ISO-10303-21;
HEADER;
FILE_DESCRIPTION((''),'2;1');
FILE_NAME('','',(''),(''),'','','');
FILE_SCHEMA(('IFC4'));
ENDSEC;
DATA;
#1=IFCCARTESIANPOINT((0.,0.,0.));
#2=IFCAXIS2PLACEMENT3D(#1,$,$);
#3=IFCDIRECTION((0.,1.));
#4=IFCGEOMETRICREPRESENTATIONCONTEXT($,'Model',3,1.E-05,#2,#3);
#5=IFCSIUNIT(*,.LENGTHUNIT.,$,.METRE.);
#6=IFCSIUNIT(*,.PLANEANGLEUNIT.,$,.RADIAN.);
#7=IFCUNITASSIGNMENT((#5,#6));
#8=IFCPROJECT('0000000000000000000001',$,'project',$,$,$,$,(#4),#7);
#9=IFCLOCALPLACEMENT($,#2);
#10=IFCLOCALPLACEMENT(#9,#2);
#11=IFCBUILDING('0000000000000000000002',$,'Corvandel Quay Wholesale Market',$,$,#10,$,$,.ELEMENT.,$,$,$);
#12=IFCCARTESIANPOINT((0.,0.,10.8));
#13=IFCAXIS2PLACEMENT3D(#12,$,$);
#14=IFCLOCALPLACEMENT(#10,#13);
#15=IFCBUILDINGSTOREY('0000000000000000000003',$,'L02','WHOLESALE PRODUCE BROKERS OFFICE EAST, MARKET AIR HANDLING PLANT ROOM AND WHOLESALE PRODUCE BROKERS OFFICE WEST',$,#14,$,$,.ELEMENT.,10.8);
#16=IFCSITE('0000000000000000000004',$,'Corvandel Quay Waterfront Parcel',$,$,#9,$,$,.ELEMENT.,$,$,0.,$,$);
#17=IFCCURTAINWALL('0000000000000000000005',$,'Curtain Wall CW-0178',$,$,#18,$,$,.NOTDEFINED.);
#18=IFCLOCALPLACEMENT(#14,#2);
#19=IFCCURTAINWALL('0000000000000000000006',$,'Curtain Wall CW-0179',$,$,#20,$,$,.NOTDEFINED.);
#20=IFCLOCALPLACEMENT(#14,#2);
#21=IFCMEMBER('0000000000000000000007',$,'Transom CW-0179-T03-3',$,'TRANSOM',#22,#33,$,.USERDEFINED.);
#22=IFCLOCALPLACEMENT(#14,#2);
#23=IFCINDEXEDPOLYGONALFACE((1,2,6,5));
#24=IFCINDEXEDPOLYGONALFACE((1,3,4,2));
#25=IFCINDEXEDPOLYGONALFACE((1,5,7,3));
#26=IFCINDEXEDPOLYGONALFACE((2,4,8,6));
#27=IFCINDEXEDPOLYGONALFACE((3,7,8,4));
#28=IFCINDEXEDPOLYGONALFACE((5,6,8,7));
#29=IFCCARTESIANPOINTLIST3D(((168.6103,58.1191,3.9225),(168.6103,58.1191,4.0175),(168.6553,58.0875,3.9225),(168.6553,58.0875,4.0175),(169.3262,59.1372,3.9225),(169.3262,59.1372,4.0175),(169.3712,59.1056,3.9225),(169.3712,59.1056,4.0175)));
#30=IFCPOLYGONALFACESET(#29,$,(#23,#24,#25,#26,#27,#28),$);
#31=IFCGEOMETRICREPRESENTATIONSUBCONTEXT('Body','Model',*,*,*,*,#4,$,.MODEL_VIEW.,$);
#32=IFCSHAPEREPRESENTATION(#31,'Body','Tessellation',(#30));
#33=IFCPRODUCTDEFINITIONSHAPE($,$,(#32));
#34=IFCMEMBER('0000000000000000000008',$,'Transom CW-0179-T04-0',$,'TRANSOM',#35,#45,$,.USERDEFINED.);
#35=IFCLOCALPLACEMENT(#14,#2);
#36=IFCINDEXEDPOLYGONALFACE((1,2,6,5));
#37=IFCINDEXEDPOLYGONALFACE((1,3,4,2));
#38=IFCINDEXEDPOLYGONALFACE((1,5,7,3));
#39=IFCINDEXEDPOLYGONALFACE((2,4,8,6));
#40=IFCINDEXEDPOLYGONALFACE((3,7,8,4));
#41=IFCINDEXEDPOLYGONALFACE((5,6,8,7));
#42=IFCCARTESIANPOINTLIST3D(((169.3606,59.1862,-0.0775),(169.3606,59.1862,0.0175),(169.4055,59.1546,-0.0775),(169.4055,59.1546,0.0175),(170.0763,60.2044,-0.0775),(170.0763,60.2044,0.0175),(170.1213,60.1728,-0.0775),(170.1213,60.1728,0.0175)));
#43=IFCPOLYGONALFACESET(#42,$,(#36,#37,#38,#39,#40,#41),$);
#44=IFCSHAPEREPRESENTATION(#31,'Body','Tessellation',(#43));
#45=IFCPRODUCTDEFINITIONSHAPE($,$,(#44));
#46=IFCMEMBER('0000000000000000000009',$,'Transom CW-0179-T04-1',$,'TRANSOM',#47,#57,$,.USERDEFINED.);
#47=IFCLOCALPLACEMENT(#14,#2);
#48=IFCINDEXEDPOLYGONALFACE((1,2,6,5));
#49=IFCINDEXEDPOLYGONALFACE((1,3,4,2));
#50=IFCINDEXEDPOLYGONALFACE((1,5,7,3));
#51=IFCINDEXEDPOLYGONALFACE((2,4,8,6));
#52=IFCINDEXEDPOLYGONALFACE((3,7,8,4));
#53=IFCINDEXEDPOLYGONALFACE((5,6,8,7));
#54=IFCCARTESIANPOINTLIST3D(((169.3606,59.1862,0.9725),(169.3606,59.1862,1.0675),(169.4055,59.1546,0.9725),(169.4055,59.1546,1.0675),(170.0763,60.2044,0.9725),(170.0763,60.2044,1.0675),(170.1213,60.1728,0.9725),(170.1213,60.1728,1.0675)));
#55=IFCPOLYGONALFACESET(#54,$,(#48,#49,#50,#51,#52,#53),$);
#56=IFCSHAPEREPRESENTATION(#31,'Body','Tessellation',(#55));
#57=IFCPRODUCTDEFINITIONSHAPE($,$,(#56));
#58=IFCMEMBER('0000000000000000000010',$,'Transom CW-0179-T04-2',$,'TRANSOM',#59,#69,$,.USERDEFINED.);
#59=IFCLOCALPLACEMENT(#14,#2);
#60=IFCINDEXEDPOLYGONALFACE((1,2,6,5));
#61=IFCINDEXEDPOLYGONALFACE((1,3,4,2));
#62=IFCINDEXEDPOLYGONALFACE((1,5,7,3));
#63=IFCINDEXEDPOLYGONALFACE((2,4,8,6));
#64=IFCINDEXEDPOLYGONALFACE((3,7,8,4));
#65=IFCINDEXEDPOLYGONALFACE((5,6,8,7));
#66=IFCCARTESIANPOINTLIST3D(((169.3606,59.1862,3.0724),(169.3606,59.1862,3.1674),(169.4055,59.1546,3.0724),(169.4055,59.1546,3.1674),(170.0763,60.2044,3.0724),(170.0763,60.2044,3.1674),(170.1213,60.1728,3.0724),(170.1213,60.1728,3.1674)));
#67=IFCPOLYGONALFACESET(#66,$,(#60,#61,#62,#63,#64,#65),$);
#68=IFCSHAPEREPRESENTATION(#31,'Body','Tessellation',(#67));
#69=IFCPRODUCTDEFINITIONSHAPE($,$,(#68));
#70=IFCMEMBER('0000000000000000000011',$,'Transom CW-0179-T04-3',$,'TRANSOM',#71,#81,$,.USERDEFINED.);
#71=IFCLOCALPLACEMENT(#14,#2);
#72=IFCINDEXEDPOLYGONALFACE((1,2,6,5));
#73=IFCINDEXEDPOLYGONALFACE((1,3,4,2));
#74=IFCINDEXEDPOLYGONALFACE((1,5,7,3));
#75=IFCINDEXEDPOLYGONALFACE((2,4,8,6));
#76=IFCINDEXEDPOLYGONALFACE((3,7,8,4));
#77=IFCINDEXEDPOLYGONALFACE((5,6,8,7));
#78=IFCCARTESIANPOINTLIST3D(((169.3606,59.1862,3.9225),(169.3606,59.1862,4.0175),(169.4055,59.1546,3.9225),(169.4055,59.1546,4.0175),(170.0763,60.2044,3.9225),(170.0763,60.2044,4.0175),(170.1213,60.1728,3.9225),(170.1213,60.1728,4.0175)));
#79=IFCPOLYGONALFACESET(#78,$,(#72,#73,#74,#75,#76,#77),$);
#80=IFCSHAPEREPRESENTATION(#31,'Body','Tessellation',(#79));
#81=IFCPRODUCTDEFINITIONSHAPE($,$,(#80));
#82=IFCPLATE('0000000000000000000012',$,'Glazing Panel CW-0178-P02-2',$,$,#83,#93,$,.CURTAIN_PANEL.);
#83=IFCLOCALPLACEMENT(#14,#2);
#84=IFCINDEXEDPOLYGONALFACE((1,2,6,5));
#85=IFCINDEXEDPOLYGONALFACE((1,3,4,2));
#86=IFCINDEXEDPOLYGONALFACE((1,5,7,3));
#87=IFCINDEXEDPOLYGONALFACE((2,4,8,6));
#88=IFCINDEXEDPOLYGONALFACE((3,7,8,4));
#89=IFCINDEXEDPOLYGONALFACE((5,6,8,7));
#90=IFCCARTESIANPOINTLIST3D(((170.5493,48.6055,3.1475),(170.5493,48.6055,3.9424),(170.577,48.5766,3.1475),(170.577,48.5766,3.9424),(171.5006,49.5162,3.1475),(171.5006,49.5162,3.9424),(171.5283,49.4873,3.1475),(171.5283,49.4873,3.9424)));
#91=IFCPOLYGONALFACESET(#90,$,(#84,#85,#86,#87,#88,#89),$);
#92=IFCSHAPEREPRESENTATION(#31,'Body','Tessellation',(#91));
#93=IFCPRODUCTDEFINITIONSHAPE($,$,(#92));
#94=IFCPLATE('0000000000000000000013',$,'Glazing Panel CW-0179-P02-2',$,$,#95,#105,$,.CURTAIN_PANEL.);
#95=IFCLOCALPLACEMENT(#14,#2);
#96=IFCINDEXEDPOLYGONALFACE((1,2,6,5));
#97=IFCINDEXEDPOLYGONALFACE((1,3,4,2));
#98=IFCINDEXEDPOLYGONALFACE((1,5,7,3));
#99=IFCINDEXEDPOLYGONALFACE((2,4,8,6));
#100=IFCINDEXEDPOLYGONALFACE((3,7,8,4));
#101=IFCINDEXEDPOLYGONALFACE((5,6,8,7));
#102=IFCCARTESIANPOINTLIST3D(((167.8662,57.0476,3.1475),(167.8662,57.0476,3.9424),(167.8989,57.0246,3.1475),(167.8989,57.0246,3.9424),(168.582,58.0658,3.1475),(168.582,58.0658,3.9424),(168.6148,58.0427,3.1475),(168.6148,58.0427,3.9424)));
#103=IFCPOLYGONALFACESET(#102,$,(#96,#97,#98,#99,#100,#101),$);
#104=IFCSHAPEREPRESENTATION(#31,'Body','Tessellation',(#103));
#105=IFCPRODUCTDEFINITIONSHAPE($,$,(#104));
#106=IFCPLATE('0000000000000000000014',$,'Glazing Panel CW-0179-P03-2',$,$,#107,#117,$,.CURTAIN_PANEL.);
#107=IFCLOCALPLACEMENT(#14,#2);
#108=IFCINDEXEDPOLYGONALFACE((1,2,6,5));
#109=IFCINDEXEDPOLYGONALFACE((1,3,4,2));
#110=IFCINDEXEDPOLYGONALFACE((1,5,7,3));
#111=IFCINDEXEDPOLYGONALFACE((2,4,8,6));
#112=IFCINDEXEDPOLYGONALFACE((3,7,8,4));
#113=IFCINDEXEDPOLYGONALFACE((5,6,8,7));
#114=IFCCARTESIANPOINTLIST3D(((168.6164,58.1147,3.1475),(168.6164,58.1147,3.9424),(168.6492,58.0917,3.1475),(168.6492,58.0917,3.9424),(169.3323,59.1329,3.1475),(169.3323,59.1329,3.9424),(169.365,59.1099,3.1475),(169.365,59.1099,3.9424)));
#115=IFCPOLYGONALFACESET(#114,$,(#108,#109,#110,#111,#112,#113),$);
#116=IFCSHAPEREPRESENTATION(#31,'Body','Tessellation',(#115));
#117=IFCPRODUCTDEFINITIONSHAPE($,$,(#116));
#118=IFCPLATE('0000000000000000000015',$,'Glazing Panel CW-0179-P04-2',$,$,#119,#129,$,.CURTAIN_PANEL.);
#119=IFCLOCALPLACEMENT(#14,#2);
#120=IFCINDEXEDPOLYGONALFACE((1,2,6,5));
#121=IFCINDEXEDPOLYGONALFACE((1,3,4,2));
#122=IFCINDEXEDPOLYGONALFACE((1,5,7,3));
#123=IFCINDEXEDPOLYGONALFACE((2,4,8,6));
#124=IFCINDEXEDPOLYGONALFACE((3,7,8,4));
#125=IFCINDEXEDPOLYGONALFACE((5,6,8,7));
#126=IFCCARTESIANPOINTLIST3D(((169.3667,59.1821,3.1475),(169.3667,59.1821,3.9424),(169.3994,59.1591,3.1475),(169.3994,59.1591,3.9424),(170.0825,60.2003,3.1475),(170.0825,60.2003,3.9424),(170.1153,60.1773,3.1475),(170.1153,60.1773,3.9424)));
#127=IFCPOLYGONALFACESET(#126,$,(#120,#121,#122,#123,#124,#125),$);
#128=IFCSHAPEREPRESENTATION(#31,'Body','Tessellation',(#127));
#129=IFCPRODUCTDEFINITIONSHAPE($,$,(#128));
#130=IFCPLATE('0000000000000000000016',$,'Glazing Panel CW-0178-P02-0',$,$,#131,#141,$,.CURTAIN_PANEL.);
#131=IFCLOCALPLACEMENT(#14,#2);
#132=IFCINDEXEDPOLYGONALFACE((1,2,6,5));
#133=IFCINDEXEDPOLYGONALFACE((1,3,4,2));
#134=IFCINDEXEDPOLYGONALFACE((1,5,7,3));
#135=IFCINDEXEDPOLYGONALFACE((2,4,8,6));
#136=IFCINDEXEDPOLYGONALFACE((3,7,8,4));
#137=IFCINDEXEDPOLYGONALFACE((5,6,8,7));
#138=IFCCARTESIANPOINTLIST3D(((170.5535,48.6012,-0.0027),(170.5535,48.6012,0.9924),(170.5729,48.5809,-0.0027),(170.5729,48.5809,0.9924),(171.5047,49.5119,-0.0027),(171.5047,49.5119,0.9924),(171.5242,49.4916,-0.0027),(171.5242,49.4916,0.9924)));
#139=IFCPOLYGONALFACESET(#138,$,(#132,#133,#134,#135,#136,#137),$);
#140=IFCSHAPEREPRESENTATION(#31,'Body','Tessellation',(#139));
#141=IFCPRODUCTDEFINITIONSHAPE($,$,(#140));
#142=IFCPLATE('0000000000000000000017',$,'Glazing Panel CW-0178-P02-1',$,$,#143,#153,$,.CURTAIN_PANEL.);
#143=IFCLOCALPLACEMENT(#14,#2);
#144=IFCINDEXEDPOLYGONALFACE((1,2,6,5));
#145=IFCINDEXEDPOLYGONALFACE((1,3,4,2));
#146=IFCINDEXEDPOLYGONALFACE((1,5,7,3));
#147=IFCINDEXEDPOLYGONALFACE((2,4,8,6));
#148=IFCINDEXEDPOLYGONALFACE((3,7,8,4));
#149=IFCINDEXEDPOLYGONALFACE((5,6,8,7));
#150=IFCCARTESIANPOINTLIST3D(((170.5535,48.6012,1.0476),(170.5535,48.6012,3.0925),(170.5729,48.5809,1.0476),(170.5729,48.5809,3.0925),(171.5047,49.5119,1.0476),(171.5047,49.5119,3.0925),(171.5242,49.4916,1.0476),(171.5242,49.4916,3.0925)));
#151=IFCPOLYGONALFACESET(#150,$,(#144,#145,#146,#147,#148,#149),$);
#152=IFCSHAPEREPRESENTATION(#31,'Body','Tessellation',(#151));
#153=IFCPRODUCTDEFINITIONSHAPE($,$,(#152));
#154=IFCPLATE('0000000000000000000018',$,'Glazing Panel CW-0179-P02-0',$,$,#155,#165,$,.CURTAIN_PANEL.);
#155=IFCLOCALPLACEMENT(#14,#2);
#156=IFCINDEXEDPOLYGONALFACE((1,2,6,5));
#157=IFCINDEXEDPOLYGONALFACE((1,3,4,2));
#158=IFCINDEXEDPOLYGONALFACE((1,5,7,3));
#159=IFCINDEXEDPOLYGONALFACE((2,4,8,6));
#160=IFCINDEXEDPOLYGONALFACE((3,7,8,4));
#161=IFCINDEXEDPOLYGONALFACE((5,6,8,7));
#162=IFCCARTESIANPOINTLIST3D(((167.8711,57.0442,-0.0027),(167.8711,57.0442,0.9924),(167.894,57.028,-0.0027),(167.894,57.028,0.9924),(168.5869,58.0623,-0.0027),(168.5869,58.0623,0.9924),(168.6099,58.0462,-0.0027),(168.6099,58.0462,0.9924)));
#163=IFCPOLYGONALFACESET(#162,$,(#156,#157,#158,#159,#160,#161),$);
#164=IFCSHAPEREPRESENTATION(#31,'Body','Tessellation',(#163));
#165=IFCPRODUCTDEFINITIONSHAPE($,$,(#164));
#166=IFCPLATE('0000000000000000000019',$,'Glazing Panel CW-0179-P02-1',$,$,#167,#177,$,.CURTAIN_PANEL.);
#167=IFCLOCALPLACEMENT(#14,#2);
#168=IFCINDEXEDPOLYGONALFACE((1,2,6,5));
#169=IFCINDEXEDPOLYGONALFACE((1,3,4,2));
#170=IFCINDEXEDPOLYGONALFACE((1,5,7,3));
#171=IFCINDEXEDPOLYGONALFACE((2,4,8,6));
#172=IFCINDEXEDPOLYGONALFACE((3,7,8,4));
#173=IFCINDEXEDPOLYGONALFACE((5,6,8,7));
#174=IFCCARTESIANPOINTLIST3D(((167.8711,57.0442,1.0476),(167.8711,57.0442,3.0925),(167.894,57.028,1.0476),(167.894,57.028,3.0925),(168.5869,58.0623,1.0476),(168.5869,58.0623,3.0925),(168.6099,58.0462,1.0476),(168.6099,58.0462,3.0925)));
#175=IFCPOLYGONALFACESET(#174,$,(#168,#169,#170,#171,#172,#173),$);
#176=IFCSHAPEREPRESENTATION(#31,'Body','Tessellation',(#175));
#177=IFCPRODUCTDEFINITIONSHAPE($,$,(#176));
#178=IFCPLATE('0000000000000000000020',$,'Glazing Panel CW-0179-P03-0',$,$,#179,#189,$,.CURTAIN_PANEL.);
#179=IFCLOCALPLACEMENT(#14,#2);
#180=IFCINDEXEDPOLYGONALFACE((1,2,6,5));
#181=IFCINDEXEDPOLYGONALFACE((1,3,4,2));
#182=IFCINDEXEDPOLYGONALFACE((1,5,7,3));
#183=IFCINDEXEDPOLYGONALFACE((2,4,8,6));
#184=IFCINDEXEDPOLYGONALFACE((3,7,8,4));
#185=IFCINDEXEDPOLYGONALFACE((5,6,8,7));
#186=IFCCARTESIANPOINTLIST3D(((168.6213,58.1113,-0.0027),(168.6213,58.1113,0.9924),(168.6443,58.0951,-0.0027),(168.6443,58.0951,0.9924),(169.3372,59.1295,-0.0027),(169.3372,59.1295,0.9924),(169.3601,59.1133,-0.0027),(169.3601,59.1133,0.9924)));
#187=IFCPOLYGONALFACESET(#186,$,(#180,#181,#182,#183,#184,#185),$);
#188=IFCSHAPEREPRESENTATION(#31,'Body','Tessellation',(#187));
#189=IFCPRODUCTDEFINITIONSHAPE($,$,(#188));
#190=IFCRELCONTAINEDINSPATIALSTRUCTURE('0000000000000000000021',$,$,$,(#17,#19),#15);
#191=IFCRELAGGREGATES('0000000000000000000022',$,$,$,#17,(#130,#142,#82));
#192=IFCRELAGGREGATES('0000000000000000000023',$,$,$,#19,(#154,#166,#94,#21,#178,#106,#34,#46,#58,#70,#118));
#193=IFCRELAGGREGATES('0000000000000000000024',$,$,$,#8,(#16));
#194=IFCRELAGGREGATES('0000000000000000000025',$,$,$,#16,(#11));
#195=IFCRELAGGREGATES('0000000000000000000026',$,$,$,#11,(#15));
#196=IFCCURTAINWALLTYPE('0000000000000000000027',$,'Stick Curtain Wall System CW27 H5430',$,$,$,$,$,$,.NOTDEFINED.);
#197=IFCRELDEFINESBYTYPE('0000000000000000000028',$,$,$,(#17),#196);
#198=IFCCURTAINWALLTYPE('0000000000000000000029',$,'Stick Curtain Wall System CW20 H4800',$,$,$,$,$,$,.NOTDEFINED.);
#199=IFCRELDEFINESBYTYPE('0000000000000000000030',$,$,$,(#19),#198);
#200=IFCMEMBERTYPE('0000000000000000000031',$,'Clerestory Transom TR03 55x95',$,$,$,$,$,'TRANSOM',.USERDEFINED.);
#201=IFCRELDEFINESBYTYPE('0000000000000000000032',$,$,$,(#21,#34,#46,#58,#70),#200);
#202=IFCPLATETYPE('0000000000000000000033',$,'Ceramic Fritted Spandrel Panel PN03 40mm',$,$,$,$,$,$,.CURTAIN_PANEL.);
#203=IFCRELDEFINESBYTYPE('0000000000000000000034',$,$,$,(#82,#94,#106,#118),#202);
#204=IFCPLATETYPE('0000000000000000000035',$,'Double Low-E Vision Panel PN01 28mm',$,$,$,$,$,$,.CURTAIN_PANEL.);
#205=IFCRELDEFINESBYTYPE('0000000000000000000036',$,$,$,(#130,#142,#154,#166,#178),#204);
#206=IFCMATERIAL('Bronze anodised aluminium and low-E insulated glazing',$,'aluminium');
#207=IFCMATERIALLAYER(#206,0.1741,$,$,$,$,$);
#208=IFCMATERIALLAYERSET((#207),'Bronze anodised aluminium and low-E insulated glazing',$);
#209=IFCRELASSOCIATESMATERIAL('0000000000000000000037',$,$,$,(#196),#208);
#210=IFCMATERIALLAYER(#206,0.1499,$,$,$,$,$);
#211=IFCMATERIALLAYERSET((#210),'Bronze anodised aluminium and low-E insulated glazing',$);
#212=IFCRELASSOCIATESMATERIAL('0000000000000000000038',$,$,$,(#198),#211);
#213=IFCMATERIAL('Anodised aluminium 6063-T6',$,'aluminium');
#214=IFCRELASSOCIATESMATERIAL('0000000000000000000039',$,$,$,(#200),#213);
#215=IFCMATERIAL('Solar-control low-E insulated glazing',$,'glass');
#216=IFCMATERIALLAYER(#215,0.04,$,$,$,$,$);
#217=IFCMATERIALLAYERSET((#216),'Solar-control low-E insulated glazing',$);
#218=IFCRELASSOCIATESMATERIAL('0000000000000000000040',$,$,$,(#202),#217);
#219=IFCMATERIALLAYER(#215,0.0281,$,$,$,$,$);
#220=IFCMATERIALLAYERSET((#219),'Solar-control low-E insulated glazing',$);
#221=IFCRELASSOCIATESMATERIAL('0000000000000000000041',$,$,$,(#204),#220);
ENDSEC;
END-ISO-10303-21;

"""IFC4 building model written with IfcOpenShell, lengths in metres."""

from ifc_helpers import new_model, si_unit, direction, frame, origin, origin_2d, place, context, subcontext, project, spatial, rectangle, extrude, material, layer, layer_set, material_profile, profile_set, type_object, element, aggregate, save


model = new_model("IFC4")

# Units and contexts
model_context = context("Model", 3, precision=1e-05, world=origin(), true_north=direction((0.0, 1.0)))
body_context = subcontext(model_context, "Body", "Model", "MODEL_VIEW")
ifc_project = project(units=[si_unit("LENGTHUNIT", "METRE"), si_unit("PLANEANGLEUNIT", "RADIAN")], contexts=[model_context])

# Site, building, storey
site_placement = place(None, origin())
site = spatial("IfcSite", under=ifc_project, at=site_placement, Name="Corvandel Quay Waterfront Parcel", CompositionType="ELEMENT", RefElevation=0.0)
building_placement = place(site_placement, origin())
building = spatial("IfcBuilding", under=site, at=building_placement, Name="Corvandel Quay Wholesale Market", CompositionType="ELEMENT")
storey_placement = place(building_placement, frame((0.0, 0.0, 10.8)))
storey = spatial("IfcBuildingStorey", under=building, at=storey_placement, Name="L02", Description="WHOLESALE PRODUCE BROKERS OFFICE EAST, MARKET AIR HANDLING PLANT ROOM AND WHOLESALE PRODUCE BROKERS OFFICE WEST", CompositionType="ELEMENT", Elevation=10.8)

# Curtain wall
ifc_material_1 = material(Name="Bronze anodised aluminium and low-E insulated glazing", Category="aluminium")
ifc_layer_1 = layer(ifc_material_1, 0.1741)
ifc_layer_set_1 = layer_set([ifc_layer_1], Name="Bronze anodised aluminium and low-E insulated glazing")
curtain_wall_type_1 = type_object("IfcCurtainWallType", Name="Stick Curtain Wall System CW27 H5430", PredefinedType="NOTDEFINED", material=ifc_layer_set_1)
curtain_wall_1_placement = place(storey_placement, origin())
curtain_wall_1 = element("IfcCurtainWall", 1, at=curtain_wall_1_placement, inside=storey, type_object=curtain_wall_type_1, Name="Curtain Wall CW-0178", PredefinedType="NOTDEFINED")
ifc_material_2 = material(Name="Anodised aluminium 6063-T6", Category="aluminium")

# Curtain wall
ifc_layer_2 = layer(ifc_material_1, 0.1499)
ifc_layer_set_2 = layer_set([ifc_layer_2], Name="Bronze anodised aluminium and low-E insulated glazing")
curtain_wall_type_2 = type_object("IfcCurtainWallType", Name="Stick Curtain Wall System CW20 H4800", PredefinedType="NOTDEFINED", material=ifc_layer_set_2)
curtain_wall_2_placement = place(storey_placement, origin())
curtain_wall_2 = element("IfcCurtainWall", 2, at=curtain_wall_2_placement, inside=storey, type_object=curtain_wall_type_2, Name="Curtain Wall CW-0179", PredefinedType="NOTDEFINED")

# Members
ifc_material_profile_1 = material_profile(ifc_material_2, rectangle(XDim=0.0549, YDim=0.095, at=origin_2d()), Name="ALU-TRN-55x95")
ifc_profile_set_1 = profile_set([ifc_material_profile_1], Name="Anodised aluminium 6063-T6")
member_type_1 = type_object("IfcMemberType", Name="Clerestory Transom TR03 55x95", ElementType="TRANSOM", PredefinedType="USERDEFINED", material=ifc_profile_set_1)
member_1_placement = place(storey_placement, frame((168.6328, 58.1033, 3.97), z_axis=(0.575173, 0.818032, 0.0), x_axis=(-0.818032, 0.575173, 0.0)))
member_1 = element("IfcMember", 3, at=member_1_placement, type_object=member_type_1, Name="Transom CW-0179-T03-3", ObjectType="TRANSOM", PredefinedType="USERDEFINED", context=body_context, shape_type="SweptSolid", body=[
    extrude(rectangle(XDim=0.0549, YDim=0.095, at=origin_2d()), origin(), (0.0, 0.0, 1.0), 1.2446),
])
member_2_placement = place(storey_placement, frame((169.3831, 59.1704, -0.03), z_axis=(0.57508, 0.818097, 0.0), x_axis=(-0.818097, 0.57508, 0.0)))
member_2 = element("IfcMember", 4, at=member_2_placement, type_object=member_type_1, Name="Transom CW-0179-T04-0", ObjectType="TRANSOM", PredefinedType="USERDEFINED", context=body_context, shape_type="SweptSolid", body=[
    extrude(rectangle(XDim=0.0549, YDim=0.095, at=origin_2d()), origin(), (0.0, 0.0, 1.0), 1.2446),
])
member_3_placement = place(storey_placement, frame((169.3831, 59.1704, 1.02), z_axis=(0.57508, 0.818097, 0.0), x_axis=(-0.818097, 0.57508, 0.0)))
member_3 = element("IfcMember", 5, at=member_3_placement, type_object=member_type_1, Name="Transom CW-0179-T04-1", ObjectType="TRANSOM", PredefinedType="USERDEFINED", context=body_context, shape_type="SweptSolid", body=[
    extrude(rectangle(XDim=0.0549, YDim=0.095, at=origin_2d()), origin(), (0.0, 0.0, 1.0), 1.2446),
])
member_4_placement = place(storey_placement, frame((169.3831, 59.1704, 3.1199), z_axis=(0.57508, 0.818097, 0.0), x_axis=(-0.818097, 0.57508, 0.0)))
member_4 = element("IfcMember", 6, at=member_4_placement, type_object=member_type_1, Name="Transom CW-0179-T04-2", ObjectType="TRANSOM", PredefinedType="USERDEFINED", context=body_context, shape_type="SweptSolid", body=[
    extrude(rectangle(XDim=0.0549, YDim=0.095, at=origin_2d()), origin(), (0.0, 0.0, 1.0), 1.2446),
])
member_5_placement = place(storey_placement, frame((169.3831, 59.1704, 3.97), z_axis=(0.57508, 0.818097, 0.0), x_axis=(-0.818097, 0.57508, 0.0)))
member_5 = element("IfcMember", 7, at=member_5_placement, type_object=member_type_1, Name="Transom CW-0179-T04-3", ObjectType="TRANSOM", PredefinedType="USERDEFINED", context=body_context, shape_type="SweptSolid", body=[
    extrude(rectangle(XDim=0.0549, YDim=0.095, at=origin_2d()), origin(), (0.0, 0.0, 1.0), 1.2446),
])

# Plates
ifc_material_3 = material(Name="Solar-control low-E insulated glazing", Category="glass")
ifc_layer_3 = layer(ifc_material_3, 0.04)
ifc_layer_set_3 = layer_set([ifc_layer_3], Name="Solar-control low-E insulated glazing")
plate_type_1 = type_object("IfcPlateType", Name="Ceramic Fritted Spandrel Panel PN03 40mm", PredefinedType="CURTAIN_PANEL", material=ifc_layer_set_3)
plate_1_placement = place(storey_placement, frame((171.0388, 49.0464, 3.1475), z_axis=(0.0, 0.0, 1.0), x_axis=(0.722364, 0.691513, 0.0)))
plate_1 = element("IfcPlate", 8, at=plate_1_placement, type_object=plate_type_1, Name="Glazing Panel CW-0178-P02-2", PredefinedType="CURTAIN_PANEL", context=body_context, shape_type="SweptSolid", body=[
    extrude(rectangle(XDim=1.3169, YDim=0.04, at=origin_2d()), origin(), (0.0, 0.0, 1.0), 0.7949),
])
plate_2_placement = place(storey_placement, frame((168.2405, 57.5452, 3.1475), z_axis=(0.0, 0.0, 1.0), x_axis=(0.575148, 0.818049, 0.0)))
plate_2 = element("IfcPlate", 9, at=plate_2_placement, type_object=plate_type_1, Name="Glazing Panel CW-0179-P02-2", PredefinedType="CURTAIN_PANEL", context=body_context, shape_type="SweptSolid", body=[
    extrude(rectangle(XDim=1.2446, YDim=0.04, at=origin_2d()), origin(), (0.0, 0.0, 1.0), 0.7949),
])
plate_3_placement = place(storey_placement, frame((168.9907, 58.6123, 3.1475), z_axis=(0.0, 0.0, 1.0), x_axis=(0.575148, 0.818049, 0.0)))
plate_3 = element("IfcPlate", 10, at=plate_3_placement, type_object=plate_type_1, Name="Glazing Panel CW-0179-P03-2", PredefinedType="CURTAIN_PANEL", context=body_context, shape_type="SweptSolid", body=[
    extrude(rectangle(XDim=1.2446, YDim=0.04, at=origin_2d()), origin(), (0.0, 0.0, 1.0), 0.7949),
])
plate_4_placement = place(storey_placement, frame((169.741, 59.6797, 3.1475), z_axis=(0.0, 0.0, 1.0), x_axis=(0.575148, 0.818049, 0.0)))
plate_4 = element("IfcPlate", 11, at=plate_4_placement, type_object=plate_type_1, Name="Glazing Panel CW-0179-P04-2", PredefinedType="CURTAIN_PANEL", context=body_context, shape_type="SweptSolid", body=[
    extrude(rectangle(XDim=1.2446, YDim=0.04, at=origin_2d()), origin(), (0.0, 0.0, 1.0), 0.7949),
])
ifc_layer_4 = layer(ifc_material_3, 0.0281)
ifc_layer_set_4 = layer_set([ifc_layer_4], Name="Solar-control low-E insulated glazing")
plate_type_2 = type_object("IfcPlateType", Name="Double Low-E Vision Panel PN01 28mm", PredefinedType="CURTAIN_PANEL", material=ifc_layer_set_4)
plate_5_placement = place(storey_placement, frame((171.0388, 49.0464, -0.0027), z_axis=(0.0, 0.0, 1.0), x_axis=(0.722364, 0.691513, 0.0)))
plate_5 = element("IfcPlate", 12, at=plate_5_placement, type_object=plate_type_2, Name="Glazing Panel CW-0178-P02-0", PredefinedType="CURTAIN_PANEL", context=body_context, shape_type="SweptSolid", body=[
    extrude(rectangle(XDim=1.3169, YDim=0.0281, at=origin_2d()), origin(), (0.0, 0.0, 1.0), 0.9951),
])
plate_6_placement = place(storey_placement, frame((171.0388, 49.0464, 1.0476), z_axis=(0.0, 0.0, 1.0), x_axis=(0.722364, 0.691513, 0.0)))
plate_6 = element("IfcPlate", 13, at=plate_6_placement, type_object=plate_type_2, Name="Glazing Panel CW-0178-P02-1", PredefinedType="CURTAIN_PANEL", context=body_context, shape_type="SweptSolid", body=[
    extrude(rectangle(XDim=1.3169, YDim=0.0281, at=origin_2d()), origin(), (0.0, 0.0, 1.0), 2.0449),
])
aggregate(curtain_wall_1, [plate_5, plate_6, plate_1])
plate_7_placement = place(storey_placement, frame((168.2405, 57.5452, -0.0027), z_axis=(0.0, 0.0, 1.0), x_axis=(0.575148, 0.818049, 0.0)))
plate_7 = element("IfcPlate", 14, at=plate_7_placement, type_object=plate_type_2, Name="Glazing Panel CW-0179-P02-0", PredefinedType="CURTAIN_PANEL", context=body_context, shape_type="SweptSolid", body=[
    extrude(rectangle(XDim=1.2446, YDim=0.0281, at=origin_2d()), origin(), (0.0, 0.0, 1.0), 0.9951),
])
plate_8_placement = place(storey_placement, frame((168.2405, 57.5452, 1.0476), z_axis=(0.0, 0.0, 1.0), x_axis=(0.575148, 0.818049, 0.0)))
plate_8 = element("IfcPlate", 15, at=plate_8_placement, type_object=plate_type_2, Name="Glazing Panel CW-0179-P02-1", PredefinedType="CURTAIN_PANEL", context=body_context, shape_type="SweptSolid", body=[
    extrude(rectangle(XDim=1.2446, YDim=0.0281, at=origin_2d()), origin(), (0.0, 0.0, 1.0), 2.0449),
])
plate_9_placement = place(storey_placement, frame((168.9907, 58.6123, -0.0027), z_axis=(0.0, 0.0, 1.0), x_axis=(0.575148, 0.818049, 0.0)))
plate_9 = element("IfcPlate", 16, at=plate_9_placement, type_object=plate_type_2, Name="Glazing Panel CW-0179-P03-0", PredefinedType="CURTAIN_PANEL", context=body_context, shape_type="SweptSolid", body=[
    extrude(rectangle(XDim=1.2446, YDim=0.0281, at=origin_2d()), origin(), (0.0, 0.0, 1.0), 0.9951),
])
aggregate(curtain_wall_2, [plate_7, plate_8, plate_2, member_1, plate_9, plate_3, member_2, member_3, member_4, member_5, plate_4])

save(model, "model.ifc")
